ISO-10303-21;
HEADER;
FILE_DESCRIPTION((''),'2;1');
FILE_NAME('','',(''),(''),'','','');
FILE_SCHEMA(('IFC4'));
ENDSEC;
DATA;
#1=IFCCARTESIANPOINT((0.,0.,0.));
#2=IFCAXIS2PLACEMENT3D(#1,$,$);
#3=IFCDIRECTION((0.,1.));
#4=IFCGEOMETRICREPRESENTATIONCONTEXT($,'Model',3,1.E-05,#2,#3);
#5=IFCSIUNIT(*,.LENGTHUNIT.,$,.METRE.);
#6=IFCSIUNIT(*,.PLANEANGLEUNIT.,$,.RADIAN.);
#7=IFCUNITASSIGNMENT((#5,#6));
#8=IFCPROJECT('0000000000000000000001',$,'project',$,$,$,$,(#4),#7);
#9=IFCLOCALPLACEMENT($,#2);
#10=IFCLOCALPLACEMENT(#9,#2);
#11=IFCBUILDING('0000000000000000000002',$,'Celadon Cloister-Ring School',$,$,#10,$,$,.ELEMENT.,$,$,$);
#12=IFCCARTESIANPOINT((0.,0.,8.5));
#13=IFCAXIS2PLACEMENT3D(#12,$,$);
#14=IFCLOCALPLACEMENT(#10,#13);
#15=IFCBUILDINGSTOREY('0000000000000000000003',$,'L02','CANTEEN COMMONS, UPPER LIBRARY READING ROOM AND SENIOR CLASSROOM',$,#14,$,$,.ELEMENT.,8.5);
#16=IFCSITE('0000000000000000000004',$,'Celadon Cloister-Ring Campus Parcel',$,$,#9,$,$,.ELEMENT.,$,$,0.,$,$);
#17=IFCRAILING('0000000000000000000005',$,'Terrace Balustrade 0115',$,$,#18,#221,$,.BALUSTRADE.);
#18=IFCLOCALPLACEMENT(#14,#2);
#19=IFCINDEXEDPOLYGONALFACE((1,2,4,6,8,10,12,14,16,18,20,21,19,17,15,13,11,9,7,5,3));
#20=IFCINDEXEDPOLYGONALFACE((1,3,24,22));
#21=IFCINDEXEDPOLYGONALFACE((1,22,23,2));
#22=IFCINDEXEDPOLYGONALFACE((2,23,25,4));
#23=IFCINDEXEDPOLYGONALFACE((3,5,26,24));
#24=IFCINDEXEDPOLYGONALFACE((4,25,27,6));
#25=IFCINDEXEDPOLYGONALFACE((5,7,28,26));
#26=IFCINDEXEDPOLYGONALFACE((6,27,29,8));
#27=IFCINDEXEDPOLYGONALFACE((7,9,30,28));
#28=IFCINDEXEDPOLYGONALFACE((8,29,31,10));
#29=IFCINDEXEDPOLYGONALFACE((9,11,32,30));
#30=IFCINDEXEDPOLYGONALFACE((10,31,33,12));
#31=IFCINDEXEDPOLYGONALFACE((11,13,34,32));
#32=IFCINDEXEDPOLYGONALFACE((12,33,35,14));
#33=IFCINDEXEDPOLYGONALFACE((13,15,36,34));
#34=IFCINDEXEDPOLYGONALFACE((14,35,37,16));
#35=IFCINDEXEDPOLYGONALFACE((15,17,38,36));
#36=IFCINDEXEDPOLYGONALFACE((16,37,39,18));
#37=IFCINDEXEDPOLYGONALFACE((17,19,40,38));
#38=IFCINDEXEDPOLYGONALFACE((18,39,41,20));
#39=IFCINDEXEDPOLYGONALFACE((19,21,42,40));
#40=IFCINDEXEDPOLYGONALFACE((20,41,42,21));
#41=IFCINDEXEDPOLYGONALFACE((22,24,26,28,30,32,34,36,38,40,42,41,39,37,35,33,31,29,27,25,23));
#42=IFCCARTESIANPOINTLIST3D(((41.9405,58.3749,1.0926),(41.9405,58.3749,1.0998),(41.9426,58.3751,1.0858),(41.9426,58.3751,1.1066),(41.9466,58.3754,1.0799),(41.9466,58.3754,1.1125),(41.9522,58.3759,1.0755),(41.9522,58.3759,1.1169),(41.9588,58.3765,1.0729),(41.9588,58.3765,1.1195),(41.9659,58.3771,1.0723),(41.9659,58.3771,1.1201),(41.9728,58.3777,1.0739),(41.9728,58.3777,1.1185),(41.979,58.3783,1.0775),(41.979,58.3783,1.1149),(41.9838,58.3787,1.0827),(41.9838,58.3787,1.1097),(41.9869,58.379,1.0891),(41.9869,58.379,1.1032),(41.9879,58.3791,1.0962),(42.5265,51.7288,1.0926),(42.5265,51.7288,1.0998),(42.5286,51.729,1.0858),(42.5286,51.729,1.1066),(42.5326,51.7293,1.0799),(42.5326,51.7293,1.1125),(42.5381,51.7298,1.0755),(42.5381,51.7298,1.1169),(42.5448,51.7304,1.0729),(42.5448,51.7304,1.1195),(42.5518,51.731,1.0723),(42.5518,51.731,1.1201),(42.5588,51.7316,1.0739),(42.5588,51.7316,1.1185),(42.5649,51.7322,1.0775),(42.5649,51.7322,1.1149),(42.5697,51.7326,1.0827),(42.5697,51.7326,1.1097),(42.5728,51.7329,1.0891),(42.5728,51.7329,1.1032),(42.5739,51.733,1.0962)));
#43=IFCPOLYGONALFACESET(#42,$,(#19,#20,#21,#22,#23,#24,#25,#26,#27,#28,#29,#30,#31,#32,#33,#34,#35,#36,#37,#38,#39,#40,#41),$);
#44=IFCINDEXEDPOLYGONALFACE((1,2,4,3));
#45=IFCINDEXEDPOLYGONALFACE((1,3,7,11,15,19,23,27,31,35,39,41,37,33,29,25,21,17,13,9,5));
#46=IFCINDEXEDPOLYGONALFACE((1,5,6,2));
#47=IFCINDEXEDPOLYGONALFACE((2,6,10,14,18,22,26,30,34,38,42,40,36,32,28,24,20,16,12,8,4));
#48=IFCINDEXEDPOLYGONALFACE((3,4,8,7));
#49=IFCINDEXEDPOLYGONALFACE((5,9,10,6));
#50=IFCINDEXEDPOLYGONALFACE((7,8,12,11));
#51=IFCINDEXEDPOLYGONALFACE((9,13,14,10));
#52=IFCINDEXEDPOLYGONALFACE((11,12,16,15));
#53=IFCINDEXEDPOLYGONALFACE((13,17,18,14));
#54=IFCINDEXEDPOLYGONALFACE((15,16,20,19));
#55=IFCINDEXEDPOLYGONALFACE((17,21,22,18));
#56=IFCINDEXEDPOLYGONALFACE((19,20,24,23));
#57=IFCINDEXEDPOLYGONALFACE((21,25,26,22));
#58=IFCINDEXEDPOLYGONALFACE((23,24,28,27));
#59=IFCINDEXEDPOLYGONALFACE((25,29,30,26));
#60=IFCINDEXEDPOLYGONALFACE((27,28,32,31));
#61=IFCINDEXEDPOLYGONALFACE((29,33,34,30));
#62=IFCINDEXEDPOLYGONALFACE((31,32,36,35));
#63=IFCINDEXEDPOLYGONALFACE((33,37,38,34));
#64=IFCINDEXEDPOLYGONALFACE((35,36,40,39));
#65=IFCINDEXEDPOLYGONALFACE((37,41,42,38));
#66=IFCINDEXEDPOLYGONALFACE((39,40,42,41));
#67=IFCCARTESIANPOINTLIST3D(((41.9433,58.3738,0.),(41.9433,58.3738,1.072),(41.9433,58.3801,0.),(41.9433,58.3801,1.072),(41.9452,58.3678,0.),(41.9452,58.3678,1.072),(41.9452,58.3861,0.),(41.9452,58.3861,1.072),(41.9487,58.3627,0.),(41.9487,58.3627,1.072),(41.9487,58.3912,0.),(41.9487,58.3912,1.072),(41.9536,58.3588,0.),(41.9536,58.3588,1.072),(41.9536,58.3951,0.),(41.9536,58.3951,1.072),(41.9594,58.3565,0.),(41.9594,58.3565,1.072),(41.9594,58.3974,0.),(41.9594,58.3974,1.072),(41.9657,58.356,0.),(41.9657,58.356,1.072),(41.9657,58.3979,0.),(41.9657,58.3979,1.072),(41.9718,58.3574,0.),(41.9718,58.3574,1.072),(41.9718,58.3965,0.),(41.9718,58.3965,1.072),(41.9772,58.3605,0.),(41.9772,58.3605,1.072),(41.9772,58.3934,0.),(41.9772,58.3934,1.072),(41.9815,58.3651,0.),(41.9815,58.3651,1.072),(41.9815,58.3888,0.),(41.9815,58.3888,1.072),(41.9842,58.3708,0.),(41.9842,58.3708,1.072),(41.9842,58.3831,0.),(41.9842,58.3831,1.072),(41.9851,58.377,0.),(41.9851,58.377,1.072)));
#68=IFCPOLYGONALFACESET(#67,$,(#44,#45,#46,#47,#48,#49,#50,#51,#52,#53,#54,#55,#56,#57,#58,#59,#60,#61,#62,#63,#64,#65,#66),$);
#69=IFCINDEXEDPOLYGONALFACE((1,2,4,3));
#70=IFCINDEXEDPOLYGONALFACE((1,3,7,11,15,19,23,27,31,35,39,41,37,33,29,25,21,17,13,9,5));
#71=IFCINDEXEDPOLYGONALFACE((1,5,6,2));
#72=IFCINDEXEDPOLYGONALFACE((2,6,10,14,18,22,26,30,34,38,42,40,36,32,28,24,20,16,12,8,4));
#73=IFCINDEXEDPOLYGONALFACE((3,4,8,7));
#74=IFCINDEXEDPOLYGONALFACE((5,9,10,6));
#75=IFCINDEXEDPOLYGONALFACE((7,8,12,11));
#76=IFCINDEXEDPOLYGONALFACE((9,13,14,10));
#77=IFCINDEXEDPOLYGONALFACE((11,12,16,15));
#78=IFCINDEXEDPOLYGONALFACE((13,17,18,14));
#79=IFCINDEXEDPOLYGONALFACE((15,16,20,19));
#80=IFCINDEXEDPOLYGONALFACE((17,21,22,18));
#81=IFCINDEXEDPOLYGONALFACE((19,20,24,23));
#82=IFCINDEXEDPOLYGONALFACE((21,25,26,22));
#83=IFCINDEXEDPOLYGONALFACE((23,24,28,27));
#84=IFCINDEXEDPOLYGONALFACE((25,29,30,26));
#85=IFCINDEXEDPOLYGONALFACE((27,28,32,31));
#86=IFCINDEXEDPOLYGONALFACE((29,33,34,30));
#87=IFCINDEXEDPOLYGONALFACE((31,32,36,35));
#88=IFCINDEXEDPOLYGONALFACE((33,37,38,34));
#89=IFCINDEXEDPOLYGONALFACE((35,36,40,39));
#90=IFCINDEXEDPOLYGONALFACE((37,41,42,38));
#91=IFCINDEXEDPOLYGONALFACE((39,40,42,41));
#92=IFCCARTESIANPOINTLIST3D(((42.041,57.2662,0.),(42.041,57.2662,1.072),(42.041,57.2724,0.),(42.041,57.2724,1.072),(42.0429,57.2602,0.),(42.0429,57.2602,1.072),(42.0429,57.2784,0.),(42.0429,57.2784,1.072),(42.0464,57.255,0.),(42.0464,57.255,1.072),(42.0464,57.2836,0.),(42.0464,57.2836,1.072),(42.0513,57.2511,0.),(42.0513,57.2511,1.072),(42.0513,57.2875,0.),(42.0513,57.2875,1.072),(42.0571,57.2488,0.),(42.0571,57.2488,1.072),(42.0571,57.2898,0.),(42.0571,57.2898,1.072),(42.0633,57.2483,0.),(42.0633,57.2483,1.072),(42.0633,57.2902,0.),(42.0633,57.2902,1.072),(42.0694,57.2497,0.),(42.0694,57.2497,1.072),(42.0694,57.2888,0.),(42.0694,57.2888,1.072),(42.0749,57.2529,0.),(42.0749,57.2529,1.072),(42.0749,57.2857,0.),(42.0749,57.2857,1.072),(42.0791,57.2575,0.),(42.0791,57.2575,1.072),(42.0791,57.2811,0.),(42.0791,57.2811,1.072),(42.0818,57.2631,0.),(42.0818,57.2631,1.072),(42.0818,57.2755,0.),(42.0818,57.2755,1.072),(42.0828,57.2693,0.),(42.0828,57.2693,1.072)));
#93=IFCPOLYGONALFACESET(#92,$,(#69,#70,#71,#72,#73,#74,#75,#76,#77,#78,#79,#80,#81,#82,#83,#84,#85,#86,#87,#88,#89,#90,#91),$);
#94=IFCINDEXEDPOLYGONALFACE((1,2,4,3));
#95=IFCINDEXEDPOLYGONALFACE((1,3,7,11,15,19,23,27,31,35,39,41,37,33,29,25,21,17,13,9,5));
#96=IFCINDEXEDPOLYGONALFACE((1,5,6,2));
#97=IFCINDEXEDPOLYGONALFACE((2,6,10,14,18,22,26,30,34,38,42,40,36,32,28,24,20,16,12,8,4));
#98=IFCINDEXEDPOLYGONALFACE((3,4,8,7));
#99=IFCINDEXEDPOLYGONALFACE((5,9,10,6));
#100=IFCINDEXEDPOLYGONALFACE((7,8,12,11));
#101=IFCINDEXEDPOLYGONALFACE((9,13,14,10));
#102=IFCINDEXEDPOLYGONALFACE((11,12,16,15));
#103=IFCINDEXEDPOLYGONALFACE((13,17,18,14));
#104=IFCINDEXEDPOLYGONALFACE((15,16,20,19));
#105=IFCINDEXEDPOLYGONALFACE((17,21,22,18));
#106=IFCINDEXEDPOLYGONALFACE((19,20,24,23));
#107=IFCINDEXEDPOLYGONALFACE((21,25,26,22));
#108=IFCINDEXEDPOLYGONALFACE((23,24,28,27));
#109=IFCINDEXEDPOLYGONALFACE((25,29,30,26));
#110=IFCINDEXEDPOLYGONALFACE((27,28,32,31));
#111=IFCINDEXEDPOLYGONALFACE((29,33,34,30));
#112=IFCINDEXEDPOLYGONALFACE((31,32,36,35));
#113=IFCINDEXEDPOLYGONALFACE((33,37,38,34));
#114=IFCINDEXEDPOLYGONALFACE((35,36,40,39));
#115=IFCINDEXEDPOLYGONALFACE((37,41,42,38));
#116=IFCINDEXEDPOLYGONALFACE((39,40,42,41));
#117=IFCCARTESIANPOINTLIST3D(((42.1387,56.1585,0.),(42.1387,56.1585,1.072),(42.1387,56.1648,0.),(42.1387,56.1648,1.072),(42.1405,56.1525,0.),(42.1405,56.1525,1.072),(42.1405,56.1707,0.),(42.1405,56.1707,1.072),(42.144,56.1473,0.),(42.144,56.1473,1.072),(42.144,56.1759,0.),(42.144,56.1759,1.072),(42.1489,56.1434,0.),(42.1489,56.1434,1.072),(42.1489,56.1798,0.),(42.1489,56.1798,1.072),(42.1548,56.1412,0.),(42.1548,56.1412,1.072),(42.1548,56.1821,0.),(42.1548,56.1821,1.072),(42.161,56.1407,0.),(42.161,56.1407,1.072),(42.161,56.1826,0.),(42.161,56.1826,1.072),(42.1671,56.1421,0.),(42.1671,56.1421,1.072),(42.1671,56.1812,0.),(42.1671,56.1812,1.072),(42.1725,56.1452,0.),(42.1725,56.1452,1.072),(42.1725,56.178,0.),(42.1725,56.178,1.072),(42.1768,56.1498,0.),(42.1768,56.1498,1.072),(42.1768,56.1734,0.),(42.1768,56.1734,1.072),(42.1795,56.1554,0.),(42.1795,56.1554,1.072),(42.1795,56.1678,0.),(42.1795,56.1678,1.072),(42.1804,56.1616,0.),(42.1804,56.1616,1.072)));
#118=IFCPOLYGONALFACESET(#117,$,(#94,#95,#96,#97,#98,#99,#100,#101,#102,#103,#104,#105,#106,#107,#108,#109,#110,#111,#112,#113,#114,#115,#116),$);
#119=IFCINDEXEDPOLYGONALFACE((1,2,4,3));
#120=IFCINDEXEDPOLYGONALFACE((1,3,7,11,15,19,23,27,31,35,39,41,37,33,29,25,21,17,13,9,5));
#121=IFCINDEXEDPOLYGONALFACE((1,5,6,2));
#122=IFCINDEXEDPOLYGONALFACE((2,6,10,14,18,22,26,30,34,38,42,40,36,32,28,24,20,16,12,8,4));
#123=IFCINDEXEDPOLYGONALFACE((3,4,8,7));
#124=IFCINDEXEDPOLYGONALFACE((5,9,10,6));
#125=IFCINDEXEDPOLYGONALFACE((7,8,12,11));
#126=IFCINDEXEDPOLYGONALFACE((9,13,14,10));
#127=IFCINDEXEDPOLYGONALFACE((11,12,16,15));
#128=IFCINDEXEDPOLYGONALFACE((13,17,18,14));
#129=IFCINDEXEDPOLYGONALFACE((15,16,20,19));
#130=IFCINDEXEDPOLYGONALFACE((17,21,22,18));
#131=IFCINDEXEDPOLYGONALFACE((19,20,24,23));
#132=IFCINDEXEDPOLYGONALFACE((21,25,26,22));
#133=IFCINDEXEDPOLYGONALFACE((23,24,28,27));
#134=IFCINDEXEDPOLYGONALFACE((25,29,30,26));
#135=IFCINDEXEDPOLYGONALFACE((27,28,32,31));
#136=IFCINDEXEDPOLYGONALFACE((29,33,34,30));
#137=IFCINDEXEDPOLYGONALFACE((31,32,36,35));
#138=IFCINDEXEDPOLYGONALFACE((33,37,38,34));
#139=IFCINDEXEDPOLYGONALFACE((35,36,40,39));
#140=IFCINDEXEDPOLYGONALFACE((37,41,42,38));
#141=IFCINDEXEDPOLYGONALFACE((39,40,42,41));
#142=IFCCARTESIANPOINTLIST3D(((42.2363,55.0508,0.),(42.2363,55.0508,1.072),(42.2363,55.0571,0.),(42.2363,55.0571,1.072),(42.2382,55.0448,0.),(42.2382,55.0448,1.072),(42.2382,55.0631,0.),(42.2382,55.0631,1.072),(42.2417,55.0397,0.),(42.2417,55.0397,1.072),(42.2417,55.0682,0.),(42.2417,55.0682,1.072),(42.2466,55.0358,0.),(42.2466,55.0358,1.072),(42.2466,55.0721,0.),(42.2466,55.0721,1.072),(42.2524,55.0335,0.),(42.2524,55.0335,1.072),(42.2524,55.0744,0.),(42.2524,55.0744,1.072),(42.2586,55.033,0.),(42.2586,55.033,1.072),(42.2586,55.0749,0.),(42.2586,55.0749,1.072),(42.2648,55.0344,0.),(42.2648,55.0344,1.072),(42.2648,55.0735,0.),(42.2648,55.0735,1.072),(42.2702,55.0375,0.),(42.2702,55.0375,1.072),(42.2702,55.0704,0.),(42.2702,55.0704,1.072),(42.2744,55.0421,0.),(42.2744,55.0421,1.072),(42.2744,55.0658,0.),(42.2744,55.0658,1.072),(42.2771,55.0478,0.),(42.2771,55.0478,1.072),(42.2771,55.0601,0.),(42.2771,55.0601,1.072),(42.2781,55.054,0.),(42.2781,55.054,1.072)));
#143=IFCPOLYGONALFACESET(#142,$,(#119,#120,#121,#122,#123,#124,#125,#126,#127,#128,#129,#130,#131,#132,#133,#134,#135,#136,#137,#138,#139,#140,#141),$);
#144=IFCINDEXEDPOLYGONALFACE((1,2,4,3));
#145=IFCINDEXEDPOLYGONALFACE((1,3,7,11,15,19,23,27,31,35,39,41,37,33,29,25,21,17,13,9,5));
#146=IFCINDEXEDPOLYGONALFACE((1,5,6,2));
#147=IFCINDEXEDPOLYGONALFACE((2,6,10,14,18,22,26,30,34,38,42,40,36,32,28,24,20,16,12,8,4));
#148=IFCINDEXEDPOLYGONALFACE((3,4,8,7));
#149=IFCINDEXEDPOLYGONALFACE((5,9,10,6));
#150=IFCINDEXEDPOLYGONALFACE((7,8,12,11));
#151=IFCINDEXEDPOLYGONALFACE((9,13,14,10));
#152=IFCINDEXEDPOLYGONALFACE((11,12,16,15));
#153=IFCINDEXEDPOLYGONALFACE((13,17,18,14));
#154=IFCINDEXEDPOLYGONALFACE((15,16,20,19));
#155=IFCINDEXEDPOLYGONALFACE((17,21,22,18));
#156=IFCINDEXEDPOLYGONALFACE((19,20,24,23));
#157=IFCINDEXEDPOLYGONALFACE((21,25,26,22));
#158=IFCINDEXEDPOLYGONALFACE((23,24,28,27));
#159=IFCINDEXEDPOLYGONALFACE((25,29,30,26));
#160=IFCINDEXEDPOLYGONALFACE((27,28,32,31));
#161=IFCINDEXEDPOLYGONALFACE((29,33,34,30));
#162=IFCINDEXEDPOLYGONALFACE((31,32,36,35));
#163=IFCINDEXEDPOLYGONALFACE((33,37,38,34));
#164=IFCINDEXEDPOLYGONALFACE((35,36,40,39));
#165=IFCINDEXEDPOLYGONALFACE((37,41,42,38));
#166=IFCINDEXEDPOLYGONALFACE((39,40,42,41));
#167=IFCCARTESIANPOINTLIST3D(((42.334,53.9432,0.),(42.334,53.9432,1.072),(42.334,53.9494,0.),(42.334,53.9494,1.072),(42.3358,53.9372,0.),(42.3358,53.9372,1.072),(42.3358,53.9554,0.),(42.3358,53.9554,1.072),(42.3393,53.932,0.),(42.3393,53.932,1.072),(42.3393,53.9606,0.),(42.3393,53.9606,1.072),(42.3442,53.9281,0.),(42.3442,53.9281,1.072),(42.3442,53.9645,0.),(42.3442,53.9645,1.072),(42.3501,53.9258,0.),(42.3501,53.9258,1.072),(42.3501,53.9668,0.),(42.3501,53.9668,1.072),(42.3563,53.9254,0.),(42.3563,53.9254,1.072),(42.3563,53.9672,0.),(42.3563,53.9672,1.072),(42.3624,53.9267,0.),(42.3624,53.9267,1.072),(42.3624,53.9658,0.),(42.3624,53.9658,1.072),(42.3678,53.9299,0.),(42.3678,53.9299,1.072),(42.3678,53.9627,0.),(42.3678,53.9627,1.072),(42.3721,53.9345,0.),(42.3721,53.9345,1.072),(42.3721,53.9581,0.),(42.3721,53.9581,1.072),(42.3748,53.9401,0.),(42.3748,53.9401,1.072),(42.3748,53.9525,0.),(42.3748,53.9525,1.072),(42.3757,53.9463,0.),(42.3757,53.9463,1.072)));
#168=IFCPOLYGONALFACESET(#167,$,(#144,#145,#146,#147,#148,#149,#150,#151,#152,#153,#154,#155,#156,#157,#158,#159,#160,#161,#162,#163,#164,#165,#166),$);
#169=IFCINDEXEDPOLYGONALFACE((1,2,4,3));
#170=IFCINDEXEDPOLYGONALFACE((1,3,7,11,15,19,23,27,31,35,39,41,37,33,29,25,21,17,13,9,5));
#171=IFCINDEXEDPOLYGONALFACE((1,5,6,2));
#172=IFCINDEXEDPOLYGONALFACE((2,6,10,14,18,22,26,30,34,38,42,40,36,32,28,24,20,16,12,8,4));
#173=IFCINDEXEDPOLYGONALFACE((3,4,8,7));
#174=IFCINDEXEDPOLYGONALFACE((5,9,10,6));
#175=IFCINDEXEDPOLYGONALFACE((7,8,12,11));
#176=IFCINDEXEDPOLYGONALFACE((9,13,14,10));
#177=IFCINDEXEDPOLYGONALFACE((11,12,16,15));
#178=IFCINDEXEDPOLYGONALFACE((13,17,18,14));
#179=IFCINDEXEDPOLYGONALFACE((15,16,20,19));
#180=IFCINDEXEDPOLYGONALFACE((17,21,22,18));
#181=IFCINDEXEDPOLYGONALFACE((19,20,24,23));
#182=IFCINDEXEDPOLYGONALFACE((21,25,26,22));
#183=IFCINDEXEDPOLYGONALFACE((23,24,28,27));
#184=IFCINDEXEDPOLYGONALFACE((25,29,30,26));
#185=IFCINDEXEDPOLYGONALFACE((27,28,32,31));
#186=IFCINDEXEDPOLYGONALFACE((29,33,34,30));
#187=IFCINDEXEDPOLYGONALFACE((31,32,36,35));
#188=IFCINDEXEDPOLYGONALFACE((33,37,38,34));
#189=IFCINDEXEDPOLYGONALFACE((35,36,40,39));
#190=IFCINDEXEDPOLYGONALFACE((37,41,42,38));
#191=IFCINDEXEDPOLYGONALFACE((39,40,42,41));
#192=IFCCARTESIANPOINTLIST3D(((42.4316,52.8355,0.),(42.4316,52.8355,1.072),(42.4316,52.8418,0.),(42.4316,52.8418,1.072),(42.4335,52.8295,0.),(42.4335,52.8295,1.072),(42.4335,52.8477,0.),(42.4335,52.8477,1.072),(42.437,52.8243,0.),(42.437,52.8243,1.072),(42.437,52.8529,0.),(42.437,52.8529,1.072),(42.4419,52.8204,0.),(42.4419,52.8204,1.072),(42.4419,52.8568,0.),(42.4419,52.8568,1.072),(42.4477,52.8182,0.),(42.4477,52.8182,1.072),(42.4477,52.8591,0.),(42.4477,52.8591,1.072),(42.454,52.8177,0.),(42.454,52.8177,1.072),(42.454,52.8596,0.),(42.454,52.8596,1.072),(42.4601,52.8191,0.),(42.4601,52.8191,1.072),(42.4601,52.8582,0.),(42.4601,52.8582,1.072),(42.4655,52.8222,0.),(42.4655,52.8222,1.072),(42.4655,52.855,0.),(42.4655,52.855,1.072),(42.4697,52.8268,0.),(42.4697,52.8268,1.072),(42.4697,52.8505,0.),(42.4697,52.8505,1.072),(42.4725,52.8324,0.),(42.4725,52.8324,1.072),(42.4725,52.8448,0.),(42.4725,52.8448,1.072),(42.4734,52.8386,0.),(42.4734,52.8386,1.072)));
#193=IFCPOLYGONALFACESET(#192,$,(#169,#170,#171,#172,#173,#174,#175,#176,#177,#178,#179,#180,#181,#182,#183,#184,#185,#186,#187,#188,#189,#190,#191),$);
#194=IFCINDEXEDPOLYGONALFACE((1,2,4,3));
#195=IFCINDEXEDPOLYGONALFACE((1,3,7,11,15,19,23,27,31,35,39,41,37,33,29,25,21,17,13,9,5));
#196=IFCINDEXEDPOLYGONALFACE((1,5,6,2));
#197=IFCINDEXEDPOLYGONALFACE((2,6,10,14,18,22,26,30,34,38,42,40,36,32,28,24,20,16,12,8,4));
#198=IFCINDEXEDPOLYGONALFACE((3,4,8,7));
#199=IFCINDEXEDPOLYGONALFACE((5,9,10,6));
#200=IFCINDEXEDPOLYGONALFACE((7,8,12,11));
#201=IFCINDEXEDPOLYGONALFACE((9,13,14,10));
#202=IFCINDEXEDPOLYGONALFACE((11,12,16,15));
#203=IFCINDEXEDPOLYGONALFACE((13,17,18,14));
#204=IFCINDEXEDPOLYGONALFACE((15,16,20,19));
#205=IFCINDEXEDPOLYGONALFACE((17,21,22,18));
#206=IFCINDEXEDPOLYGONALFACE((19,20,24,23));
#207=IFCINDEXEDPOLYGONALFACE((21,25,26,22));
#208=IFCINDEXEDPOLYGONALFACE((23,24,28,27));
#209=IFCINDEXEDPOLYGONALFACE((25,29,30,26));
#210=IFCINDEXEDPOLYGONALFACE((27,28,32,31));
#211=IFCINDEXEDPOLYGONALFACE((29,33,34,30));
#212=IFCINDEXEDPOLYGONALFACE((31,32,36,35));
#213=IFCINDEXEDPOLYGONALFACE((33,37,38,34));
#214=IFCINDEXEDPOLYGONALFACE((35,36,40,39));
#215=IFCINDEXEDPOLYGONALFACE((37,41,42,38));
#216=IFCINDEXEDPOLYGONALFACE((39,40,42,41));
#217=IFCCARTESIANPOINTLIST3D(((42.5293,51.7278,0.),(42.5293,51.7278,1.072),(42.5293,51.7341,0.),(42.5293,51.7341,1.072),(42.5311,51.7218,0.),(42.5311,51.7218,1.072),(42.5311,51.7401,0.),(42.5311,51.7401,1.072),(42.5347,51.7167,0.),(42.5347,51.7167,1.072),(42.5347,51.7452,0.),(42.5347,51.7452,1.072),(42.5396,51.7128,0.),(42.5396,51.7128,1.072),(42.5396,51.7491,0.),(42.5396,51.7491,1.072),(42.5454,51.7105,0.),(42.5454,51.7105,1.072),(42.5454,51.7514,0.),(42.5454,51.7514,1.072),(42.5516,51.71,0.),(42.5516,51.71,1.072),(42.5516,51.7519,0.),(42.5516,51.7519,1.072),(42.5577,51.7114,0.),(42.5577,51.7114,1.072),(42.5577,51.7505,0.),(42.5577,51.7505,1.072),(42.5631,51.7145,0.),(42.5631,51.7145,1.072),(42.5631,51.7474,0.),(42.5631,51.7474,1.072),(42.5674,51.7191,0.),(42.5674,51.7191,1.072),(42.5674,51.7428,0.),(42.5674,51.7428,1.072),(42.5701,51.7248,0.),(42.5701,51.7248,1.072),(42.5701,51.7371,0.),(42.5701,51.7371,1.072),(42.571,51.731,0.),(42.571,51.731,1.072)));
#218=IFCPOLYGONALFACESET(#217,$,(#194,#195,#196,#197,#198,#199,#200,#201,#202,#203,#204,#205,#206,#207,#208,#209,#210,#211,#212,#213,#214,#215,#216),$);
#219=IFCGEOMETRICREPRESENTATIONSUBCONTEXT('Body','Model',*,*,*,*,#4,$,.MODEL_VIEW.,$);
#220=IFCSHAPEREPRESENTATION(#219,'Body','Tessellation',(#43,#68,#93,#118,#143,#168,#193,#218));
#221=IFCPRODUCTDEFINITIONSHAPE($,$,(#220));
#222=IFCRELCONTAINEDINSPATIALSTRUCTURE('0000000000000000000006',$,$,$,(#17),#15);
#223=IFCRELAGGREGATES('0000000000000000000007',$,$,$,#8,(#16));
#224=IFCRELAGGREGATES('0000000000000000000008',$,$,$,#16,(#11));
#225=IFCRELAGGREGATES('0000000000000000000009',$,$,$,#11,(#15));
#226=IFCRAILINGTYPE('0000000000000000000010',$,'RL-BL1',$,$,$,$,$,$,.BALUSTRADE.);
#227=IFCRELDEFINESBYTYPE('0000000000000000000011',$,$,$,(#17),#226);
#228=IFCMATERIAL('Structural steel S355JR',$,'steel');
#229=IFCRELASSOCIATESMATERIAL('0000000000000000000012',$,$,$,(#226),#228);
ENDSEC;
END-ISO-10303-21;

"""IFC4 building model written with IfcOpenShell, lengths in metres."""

from ifc_helpers import new_model, si_unit, direction, frame, origin, origin_2d, place, context, subcontext, project, spatial, circle, extrude, material, type_object, element, save


model = new_model("IFC4")

# Units and contexts
model_context = context("Model", 3, precision=1e-05, world=origin(), true_north=direction((0.0, 1.0)))
body_context = subcontext(model_context, "Body", "Model", "MODEL_VIEW")
ifc_project = project(units=[si_unit("LENGTHUNIT", "METRE"), si_unit("PLANEANGLEUNIT", "RADIAN")], contexts=[model_context])

# Site, building, storey
site_placement = place(None, origin())
site = spatial("IfcSite", under=ifc_project, at=site_placement, Name="Celadon Cloister-Ring Campus Parcel", CompositionType="ELEMENT", RefElevation=0.0)
building_placement = place(site_placement, origin())
building = spatial("IfcBuilding", under=site, at=building_placement, Name="Celadon Cloister-Ring School", CompositionType="ELEMENT")
storey_placement = place(building_placement, frame((0.0, 0.0, 8.5)))
storey = spatial("IfcBuildingStorey", under=building, at=storey_placement, Name="L02", Description="CANTEEN COMMONS, UPPER LIBRARY READING ROOM AND SENIOR CLASSROOM", CompositionType="ELEMENT", Elevation=8.5)

# Railing
ifc_material_1 = material(Name="Structural steel S355JR", Category="steel")
railing_type = type_object("IfcRailingType", Name="RL-BL1", PredefinedType="BALUSTRADE", material=ifc_material_1)
railing_1_placement = place(storey_placement, frame((41.9641, 58.377, 0.0)))
element("IfcRailing", 1, at=railing_1_placement, inside=storey, type_object=railing_type, Name="Terrace Balustrade 0115", PredefinedType="BALUSTRADE", context=body_context, shape_type="SweptSolid", body=[
    extrude(circle(Radius=0.0239, at=origin_2d()), frame((0.0, 0.0, 1.0962), z_axis=(0.087823, -0.996136, 0.0), x_axis=(0.996136, 0.087823, 0.0)), (0.0, 0.0, 1.0), 6.6719),
    extrude(circle(Radius=0.021, at=origin_2d()), origin(), (0.0, 0.0, 1.0), 1.072),
    extrude(circle(Radius=0.021, at=origin_2d()), frame((0.0977, -1.1077, 0.0)), (0.0, 0.0, 1.0), 1.072),
    extrude(circle(Radius=0.021, at=origin_2d()), frame((0.1953, -2.2153, 0.0)), (0.0, 0.0, 1.0), 1.072),
    extrude(circle(Radius=0.021, at=origin_2d()), frame((0.293, -3.323, 0.0)), (0.0, 0.0, 1.0), 1.072),
    extrude(circle(Radius=0.021, at=origin_2d()), frame((0.3906, -4.4307, 0.0)), (0.0, 0.0, 1.0), 1.072),
    extrude(circle(Radius=0.021, at=origin_2d()), frame((0.4883, -5.5383, 0.0)), (0.0, 0.0, 1.0), 1.072),
    extrude(circle(Radius=0.021, at=origin_2d()), frame((0.5859, -6.646, 0.0)), (0.0, 0.0, 1.0), 1.072),
])

save(model, "model.ifc")
